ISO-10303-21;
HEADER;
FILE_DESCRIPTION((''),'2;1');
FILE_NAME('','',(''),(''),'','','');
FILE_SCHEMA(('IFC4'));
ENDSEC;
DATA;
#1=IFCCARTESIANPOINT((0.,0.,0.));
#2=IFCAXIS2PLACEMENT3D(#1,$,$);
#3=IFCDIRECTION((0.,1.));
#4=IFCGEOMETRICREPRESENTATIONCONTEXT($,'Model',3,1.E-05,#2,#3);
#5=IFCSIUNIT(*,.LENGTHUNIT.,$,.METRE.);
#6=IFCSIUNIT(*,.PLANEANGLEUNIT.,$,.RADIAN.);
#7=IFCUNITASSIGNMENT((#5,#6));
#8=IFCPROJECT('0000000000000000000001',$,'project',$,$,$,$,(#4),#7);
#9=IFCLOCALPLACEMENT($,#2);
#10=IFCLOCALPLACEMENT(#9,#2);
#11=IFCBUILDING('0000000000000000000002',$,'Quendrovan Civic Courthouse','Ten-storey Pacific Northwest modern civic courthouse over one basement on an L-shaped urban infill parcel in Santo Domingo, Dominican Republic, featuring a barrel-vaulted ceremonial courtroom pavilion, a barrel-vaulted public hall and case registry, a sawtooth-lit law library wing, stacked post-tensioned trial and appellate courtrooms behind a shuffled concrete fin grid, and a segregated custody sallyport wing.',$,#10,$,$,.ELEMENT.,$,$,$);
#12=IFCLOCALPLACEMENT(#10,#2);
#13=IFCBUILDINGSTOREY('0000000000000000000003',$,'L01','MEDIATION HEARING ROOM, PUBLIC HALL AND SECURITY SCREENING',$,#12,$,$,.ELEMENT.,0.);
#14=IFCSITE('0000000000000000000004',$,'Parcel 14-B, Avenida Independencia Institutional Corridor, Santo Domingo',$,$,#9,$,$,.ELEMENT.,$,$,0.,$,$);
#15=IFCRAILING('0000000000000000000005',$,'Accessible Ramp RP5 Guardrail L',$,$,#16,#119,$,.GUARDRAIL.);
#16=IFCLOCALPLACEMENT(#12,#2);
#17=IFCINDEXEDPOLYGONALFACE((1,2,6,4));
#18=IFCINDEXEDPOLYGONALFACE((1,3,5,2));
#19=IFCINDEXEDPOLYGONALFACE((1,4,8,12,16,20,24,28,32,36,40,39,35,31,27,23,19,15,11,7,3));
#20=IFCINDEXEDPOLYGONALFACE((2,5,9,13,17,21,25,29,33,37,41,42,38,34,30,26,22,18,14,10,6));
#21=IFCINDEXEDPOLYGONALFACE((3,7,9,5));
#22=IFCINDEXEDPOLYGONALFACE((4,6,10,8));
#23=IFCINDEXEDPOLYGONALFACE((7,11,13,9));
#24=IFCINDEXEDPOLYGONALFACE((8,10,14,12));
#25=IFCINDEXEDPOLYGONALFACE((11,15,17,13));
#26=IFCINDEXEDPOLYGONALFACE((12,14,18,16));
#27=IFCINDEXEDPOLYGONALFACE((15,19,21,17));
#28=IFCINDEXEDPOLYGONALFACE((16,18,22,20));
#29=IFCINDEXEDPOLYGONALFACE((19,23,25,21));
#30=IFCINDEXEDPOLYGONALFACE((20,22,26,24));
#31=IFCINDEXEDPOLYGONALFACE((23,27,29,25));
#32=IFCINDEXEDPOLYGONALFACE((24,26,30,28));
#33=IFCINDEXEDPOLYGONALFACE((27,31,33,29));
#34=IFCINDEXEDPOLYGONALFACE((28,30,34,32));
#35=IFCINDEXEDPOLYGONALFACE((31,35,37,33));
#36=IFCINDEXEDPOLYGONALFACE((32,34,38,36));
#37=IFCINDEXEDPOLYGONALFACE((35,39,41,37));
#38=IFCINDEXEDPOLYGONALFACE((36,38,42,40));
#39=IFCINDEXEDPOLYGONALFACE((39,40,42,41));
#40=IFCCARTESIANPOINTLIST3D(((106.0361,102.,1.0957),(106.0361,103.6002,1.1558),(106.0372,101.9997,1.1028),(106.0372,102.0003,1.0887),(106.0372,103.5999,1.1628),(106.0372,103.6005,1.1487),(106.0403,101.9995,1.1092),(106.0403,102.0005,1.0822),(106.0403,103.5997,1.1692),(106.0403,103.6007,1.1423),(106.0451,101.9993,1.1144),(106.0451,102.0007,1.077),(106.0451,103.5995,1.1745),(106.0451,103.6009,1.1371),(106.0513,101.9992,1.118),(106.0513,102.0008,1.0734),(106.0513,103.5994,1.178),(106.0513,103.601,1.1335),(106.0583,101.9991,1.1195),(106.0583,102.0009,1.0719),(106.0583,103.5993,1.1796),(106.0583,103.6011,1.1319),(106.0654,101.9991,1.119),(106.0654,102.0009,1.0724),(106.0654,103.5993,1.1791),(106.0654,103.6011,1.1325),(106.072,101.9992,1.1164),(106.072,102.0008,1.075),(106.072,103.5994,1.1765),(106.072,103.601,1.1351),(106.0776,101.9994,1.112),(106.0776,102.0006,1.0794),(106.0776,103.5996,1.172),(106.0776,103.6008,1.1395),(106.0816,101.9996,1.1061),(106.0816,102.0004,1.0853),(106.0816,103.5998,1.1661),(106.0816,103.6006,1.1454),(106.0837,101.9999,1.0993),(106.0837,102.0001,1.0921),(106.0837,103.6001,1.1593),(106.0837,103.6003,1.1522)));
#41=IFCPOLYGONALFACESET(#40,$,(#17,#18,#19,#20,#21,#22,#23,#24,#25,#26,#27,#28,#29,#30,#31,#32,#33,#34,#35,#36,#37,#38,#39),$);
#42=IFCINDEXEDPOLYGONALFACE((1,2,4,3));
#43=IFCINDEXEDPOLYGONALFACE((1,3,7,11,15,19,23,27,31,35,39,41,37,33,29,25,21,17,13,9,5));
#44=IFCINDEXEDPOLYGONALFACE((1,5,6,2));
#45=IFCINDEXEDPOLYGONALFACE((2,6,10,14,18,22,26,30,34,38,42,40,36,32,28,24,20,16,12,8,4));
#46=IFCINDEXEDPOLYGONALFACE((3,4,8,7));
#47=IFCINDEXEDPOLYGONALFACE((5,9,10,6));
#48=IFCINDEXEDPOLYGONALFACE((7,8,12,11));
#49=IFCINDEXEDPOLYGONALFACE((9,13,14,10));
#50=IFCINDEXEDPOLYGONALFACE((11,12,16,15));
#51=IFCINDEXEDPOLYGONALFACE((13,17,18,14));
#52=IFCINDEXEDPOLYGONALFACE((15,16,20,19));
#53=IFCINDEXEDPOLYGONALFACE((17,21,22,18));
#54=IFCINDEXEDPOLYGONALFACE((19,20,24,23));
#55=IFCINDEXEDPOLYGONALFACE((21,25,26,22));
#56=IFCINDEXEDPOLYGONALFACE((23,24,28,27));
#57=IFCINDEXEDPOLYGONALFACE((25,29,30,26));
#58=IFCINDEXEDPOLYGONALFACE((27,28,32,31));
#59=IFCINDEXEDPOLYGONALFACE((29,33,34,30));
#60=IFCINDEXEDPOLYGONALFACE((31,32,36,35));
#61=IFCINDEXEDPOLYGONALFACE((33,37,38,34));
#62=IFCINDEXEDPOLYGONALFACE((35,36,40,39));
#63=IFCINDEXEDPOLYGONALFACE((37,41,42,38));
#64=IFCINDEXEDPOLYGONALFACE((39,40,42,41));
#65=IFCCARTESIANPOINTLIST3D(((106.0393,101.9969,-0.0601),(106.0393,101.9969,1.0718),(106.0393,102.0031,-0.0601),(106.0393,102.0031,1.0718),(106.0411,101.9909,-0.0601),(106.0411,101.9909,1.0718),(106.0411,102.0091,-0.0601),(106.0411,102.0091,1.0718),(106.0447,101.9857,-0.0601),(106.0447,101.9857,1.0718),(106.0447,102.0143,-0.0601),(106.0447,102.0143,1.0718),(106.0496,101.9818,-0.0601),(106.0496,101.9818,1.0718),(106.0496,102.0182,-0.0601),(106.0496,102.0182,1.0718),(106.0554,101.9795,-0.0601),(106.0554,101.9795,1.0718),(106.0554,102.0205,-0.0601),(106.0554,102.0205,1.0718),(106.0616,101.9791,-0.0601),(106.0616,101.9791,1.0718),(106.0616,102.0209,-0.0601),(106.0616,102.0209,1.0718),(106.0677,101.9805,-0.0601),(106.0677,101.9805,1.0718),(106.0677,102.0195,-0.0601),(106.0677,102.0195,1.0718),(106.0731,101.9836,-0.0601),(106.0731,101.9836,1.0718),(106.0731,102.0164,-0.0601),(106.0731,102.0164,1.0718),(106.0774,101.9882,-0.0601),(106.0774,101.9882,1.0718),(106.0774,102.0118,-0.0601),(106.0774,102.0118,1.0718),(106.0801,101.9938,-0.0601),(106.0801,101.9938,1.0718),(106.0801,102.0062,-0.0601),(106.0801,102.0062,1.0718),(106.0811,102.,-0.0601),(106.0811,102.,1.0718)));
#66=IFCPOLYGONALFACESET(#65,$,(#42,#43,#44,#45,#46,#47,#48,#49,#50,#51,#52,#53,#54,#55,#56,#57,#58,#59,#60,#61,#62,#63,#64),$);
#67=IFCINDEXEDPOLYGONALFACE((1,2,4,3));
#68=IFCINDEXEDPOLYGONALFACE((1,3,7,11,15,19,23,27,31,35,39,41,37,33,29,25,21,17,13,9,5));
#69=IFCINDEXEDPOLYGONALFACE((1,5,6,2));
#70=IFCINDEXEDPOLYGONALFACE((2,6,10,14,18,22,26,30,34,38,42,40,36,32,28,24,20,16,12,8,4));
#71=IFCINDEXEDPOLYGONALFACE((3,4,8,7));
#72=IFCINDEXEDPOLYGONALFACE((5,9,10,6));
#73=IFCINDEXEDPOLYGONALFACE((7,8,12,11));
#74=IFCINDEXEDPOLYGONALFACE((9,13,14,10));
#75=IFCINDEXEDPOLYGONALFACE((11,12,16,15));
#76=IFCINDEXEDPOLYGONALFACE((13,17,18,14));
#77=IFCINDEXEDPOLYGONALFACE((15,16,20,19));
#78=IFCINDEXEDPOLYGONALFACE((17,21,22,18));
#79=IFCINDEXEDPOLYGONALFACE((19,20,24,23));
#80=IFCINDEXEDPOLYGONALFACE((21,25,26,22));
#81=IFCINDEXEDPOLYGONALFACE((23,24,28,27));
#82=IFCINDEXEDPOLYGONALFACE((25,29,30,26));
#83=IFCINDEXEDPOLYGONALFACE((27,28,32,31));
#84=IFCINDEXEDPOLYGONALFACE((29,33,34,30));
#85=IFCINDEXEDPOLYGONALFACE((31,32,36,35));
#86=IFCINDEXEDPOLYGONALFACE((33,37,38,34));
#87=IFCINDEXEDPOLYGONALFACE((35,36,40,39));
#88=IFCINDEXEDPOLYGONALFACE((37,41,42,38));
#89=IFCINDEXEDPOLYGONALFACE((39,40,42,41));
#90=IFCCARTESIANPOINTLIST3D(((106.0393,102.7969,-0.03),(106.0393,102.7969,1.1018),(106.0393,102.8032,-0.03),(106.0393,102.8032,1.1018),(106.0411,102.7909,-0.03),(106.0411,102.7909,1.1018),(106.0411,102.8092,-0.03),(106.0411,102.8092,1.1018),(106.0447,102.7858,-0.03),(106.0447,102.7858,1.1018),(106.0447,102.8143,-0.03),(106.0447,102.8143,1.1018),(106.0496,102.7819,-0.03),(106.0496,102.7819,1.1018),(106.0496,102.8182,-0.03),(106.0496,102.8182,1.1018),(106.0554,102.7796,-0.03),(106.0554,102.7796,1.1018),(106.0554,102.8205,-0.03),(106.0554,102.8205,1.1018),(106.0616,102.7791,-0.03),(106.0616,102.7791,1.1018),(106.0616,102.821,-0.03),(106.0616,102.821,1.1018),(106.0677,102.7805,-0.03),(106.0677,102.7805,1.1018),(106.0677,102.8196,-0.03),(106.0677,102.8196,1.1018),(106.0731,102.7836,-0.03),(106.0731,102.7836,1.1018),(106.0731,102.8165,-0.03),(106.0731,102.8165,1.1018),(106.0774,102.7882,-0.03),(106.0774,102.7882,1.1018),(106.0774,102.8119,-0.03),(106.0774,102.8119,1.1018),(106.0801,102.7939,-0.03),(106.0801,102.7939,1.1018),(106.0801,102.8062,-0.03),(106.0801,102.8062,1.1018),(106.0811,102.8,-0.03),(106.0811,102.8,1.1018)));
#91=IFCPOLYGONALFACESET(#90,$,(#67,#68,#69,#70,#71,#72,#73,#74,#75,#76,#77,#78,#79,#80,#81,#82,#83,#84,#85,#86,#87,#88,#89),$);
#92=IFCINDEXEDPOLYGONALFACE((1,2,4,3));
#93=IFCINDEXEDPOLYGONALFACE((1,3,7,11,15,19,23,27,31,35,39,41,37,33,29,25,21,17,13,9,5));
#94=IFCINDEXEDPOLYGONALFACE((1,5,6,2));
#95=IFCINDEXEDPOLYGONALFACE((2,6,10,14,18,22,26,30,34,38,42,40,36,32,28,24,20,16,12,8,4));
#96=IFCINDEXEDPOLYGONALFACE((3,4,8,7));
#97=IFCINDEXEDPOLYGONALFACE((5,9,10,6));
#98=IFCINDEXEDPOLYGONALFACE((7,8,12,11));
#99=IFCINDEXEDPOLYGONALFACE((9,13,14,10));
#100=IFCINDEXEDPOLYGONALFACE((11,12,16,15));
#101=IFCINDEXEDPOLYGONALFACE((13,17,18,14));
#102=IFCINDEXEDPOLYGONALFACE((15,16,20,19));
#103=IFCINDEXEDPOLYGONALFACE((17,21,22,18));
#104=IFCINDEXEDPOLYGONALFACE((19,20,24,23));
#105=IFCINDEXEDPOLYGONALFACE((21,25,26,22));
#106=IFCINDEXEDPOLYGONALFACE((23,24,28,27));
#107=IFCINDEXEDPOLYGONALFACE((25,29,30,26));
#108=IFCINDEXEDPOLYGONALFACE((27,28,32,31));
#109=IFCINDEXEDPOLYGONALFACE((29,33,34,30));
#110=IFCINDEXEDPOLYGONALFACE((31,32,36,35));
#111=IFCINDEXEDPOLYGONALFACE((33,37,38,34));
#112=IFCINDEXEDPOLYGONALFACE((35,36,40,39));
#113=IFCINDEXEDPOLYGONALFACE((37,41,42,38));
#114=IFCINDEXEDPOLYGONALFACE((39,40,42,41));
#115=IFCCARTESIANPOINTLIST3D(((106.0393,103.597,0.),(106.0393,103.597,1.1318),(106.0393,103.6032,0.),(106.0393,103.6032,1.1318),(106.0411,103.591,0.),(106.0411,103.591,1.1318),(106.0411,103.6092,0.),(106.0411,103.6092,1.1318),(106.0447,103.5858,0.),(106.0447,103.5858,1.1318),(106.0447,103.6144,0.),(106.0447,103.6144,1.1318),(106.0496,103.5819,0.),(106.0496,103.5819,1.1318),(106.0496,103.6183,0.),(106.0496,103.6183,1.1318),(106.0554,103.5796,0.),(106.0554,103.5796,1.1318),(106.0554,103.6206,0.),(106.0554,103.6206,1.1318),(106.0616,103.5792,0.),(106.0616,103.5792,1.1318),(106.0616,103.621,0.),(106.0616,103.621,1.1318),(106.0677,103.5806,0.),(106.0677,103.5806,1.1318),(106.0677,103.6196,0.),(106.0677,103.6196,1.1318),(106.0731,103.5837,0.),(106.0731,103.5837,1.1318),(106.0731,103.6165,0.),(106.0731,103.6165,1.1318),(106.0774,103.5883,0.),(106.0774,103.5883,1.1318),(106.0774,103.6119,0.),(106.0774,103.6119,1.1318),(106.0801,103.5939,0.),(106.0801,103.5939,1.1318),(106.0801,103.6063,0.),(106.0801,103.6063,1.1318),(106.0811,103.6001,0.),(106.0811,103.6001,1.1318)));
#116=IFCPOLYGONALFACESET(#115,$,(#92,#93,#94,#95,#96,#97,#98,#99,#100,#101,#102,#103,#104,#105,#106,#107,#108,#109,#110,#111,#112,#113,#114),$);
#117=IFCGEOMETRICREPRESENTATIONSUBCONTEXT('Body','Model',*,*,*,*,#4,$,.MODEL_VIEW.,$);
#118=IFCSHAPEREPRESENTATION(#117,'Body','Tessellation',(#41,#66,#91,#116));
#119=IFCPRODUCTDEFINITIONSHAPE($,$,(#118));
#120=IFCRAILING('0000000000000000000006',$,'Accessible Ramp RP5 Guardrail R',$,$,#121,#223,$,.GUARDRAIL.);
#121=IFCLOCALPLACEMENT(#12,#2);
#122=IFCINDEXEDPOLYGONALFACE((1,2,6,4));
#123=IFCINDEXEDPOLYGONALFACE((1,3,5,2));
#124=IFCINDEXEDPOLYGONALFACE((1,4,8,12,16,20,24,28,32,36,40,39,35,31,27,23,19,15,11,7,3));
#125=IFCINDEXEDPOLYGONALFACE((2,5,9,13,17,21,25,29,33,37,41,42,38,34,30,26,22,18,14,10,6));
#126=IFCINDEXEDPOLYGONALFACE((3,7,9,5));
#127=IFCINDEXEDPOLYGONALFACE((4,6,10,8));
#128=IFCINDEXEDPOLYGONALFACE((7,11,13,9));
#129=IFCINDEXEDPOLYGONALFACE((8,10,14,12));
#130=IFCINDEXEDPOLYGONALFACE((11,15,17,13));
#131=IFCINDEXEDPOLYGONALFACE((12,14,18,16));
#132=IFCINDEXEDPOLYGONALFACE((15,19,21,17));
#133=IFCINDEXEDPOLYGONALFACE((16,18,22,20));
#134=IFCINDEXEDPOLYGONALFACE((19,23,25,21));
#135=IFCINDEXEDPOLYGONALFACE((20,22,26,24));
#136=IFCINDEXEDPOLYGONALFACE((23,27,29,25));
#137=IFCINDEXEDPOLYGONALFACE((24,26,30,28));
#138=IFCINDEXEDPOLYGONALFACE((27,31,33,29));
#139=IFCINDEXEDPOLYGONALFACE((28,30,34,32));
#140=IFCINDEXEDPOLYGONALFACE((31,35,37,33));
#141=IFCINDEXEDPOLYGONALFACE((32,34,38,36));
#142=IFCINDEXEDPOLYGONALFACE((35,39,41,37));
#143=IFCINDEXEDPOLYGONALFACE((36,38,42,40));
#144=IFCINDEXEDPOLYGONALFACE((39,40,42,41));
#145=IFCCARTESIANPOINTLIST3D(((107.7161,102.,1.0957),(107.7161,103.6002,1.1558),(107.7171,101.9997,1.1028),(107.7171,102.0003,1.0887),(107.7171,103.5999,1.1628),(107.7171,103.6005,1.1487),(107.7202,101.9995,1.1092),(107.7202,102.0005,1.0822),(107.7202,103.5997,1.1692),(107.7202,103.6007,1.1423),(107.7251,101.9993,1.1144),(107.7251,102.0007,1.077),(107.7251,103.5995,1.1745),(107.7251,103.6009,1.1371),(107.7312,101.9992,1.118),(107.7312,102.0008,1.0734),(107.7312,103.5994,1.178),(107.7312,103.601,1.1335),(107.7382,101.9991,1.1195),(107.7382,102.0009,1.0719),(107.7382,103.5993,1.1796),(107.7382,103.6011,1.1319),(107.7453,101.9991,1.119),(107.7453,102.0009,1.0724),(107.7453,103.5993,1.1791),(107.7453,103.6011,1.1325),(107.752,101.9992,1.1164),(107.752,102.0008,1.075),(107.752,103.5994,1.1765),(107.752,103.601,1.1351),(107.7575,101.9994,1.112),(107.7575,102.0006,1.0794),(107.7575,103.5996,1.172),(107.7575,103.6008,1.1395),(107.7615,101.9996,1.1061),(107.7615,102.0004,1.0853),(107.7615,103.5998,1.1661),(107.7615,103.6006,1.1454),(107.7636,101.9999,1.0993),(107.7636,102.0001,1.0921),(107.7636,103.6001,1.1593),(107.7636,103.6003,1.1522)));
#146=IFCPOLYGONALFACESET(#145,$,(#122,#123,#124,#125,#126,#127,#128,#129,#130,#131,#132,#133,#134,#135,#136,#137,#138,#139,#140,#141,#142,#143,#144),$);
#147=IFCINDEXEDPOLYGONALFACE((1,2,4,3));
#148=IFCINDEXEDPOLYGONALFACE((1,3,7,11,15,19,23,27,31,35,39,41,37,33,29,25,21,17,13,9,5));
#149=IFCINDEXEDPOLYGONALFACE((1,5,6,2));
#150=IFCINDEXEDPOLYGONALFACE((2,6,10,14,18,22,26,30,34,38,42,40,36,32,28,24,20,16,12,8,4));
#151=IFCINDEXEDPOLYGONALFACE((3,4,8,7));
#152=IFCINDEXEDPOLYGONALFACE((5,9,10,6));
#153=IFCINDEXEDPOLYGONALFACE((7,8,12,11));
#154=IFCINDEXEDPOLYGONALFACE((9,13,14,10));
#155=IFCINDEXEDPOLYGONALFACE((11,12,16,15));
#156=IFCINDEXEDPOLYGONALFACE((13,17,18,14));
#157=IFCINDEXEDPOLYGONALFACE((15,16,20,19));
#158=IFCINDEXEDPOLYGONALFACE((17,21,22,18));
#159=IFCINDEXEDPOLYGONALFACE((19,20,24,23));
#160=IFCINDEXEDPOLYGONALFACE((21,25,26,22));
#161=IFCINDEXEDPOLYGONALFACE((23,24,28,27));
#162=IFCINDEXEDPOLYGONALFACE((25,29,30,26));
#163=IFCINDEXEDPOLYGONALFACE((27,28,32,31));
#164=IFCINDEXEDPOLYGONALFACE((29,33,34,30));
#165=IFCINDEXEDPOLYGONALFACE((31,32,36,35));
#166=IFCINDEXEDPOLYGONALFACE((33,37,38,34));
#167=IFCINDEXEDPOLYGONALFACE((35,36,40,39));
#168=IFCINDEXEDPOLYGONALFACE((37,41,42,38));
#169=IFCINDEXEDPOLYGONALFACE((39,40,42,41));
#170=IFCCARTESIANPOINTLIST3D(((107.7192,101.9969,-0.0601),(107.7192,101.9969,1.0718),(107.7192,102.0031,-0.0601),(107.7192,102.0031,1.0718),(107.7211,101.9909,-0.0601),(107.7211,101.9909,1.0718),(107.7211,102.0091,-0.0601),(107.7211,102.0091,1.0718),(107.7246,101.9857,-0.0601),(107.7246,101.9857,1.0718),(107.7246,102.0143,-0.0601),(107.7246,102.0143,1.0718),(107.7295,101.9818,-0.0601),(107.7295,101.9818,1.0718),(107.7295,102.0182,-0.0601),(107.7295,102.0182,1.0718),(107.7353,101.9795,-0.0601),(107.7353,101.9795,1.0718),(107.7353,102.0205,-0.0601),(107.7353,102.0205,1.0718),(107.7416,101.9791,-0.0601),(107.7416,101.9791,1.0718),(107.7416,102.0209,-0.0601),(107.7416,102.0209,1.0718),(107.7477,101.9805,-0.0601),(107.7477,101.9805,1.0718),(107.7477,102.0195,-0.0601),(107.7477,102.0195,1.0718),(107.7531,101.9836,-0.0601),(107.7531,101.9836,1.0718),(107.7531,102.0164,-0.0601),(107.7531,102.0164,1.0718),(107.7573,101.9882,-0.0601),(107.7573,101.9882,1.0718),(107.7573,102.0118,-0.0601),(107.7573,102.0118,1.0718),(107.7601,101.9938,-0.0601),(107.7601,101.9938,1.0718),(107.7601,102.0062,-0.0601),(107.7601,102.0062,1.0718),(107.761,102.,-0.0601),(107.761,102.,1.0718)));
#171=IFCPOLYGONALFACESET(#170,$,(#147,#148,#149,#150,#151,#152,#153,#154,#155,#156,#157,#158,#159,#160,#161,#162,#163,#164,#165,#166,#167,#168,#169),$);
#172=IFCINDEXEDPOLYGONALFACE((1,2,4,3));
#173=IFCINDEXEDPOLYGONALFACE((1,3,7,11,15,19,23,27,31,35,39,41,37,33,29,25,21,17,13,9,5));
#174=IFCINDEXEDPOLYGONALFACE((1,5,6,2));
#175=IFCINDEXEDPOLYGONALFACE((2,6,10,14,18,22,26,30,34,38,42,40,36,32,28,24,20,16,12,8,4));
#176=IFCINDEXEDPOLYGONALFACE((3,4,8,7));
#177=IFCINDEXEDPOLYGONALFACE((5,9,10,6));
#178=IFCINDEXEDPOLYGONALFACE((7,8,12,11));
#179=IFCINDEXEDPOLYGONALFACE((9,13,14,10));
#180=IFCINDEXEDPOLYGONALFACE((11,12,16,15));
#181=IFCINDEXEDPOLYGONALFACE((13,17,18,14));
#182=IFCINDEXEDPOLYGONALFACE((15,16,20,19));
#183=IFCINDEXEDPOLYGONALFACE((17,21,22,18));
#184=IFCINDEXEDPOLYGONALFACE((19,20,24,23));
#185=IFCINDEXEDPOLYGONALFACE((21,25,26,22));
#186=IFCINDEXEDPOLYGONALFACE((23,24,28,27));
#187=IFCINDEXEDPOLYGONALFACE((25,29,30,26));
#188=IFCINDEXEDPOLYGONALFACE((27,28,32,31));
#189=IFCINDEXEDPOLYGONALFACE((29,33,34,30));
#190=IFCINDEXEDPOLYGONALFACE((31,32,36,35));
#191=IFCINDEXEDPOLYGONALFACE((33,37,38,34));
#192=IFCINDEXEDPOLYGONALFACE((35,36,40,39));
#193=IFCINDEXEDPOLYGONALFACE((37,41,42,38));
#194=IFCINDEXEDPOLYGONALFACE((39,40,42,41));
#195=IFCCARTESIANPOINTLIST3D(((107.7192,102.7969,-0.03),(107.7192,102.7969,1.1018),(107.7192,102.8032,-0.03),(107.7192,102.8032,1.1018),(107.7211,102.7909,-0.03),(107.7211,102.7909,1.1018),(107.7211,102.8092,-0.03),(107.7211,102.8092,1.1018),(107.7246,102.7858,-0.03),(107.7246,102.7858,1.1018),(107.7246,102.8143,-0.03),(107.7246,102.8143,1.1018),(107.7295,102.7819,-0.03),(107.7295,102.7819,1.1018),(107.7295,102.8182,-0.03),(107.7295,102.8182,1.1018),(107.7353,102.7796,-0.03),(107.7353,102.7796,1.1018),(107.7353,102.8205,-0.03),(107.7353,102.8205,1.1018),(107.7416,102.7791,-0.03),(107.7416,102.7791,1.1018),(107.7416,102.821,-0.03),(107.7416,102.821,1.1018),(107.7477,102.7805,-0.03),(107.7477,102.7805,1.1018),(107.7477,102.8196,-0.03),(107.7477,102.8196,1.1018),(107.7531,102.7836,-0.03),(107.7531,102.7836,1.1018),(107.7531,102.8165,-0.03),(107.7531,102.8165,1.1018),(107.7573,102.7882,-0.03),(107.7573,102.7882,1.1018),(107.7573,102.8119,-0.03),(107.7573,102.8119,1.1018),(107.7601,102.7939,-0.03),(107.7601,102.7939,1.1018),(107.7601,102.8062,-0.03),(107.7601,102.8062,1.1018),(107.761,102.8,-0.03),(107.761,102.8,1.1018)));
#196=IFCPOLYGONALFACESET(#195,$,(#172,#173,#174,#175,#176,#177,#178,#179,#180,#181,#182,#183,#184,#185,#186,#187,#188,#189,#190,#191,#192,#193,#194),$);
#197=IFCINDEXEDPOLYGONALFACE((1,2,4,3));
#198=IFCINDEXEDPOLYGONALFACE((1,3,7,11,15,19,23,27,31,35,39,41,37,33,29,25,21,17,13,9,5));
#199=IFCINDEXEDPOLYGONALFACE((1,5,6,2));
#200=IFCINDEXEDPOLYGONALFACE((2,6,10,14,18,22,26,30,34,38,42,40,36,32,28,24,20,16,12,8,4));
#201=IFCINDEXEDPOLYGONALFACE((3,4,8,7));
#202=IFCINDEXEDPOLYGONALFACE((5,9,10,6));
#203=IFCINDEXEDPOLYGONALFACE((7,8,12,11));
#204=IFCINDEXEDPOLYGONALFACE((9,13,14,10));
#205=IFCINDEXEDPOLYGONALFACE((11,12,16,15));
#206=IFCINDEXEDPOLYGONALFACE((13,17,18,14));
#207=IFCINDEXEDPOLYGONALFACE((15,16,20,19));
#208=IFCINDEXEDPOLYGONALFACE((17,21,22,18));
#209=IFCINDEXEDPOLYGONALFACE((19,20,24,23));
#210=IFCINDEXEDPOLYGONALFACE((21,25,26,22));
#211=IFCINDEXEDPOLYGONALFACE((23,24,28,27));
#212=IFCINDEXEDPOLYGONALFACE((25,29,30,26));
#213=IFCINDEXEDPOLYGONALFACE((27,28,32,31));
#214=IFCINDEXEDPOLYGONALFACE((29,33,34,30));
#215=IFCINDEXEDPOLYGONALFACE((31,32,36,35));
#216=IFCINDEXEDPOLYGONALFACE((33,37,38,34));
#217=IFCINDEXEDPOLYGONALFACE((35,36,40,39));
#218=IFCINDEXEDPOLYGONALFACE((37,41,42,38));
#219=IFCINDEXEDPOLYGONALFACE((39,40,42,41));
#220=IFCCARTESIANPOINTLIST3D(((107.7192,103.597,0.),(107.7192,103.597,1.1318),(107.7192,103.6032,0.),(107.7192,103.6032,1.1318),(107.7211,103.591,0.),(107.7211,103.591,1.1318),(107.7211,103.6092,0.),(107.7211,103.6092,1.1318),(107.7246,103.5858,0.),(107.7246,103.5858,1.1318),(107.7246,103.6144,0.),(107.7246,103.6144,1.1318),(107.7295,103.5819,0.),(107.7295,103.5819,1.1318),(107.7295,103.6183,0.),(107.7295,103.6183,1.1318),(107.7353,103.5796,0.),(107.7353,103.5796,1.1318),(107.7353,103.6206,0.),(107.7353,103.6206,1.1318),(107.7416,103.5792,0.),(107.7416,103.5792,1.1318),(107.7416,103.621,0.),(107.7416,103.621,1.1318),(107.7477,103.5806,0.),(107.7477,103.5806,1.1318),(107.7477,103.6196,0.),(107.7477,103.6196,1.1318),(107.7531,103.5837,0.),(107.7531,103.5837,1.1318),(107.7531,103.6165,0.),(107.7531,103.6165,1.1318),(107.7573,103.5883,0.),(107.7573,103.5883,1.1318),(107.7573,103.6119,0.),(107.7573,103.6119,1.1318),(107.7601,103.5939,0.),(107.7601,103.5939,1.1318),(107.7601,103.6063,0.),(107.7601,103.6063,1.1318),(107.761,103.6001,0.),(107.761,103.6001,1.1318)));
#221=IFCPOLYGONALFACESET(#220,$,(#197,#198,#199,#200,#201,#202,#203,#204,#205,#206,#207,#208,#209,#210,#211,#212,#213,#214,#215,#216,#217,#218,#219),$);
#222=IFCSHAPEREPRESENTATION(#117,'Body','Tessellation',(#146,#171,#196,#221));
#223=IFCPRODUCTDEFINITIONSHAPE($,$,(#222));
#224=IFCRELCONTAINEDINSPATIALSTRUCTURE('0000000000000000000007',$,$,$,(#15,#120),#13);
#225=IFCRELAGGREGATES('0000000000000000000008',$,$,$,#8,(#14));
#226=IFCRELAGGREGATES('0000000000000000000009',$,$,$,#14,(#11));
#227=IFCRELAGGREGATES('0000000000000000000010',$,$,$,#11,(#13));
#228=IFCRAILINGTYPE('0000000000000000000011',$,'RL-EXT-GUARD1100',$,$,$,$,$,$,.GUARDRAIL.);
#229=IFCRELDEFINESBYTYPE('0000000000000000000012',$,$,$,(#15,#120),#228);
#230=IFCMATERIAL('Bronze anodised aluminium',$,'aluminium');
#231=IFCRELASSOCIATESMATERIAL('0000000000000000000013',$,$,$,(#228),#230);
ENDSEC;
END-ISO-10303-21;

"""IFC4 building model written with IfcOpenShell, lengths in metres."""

from ifc_helpers import new_model, si_unit, direction, frame, origin, origin_2d, place, context, subcontext, project, spatial, circle, extrude, material, type_object, element, save


model = new_model("IFC4")

# Units and contexts
model_context = context("Model", 3, precision=1e-05, world=origin(), true_north=direction((0.0, 1.0)))
body_context = subcontext(model_context, "Body", "Model", "MODEL_VIEW")
ifc_project = project(units=[si_unit("LENGTHUNIT", "METRE"), si_unit("PLANEANGLEUNIT", "RADIAN")], contexts=[model_context])

# Site, building, storey
site_placement = place(None, origin())
site = spatial("IfcSite", under=ifc_project, at=site_placement, Name="Parcel 14-B, Avenida Independencia Institutional Corridor, Santo Domingo", CompositionType="ELEMENT", RefElevation=0.0)
building_placement = place(site_placement, origin())
building = spatial("IfcBuilding", under=site, at=building_placement, Name="Quendrovan Civic Courthouse", Description="Ten-storey Pacific Northwest modern civic courthouse over one basement on an L-shaped urban infill parcel in Santo Domingo, Dominican Republic, featuring a barrel-vaulted ceremonial courtroom pavilion, a barrel-vaulted public hall and case registry, a sawtooth-lit law library wing, stacked post-tensioned trial and appellate courtrooms behind a shuffled concrete fin grid, and a segregated custody sallyport wing.", CompositionType="ELEMENT")
storey_placement = place(building_placement, origin())
storey = spatial("IfcBuildingStorey", under=building, at=storey_placement, Name="L01", Description="MEDIATION HEARING ROOM, PUBLIC HALL AND SECURITY SCREENING", CompositionType="ELEMENT", Elevation=0.0)

# Shared definitions
ifc_material_1 = material(Name="Bronze anodised aluminium", Category="aluminium")

# Railings
railing_type = type_object("IfcRailingType", Name="RL-EXT-GUARD1100", PredefinedType="GUARDRAIL", material=ifc_material_1)
for number, where, name in (
    (1, (106.0601, 102.0, -0.0601), "Accessible Ramp RP5 Guardrail L"),
    (2, (107.74, 102.0, -0.0601), "Accessible Ramp RP5 Guardrail R"),
):
    element("IfcRailing", number, at=place(storey_placement, frame(where)), inside=storey, type_object=railing_type, Name=name, PredefinedType="GUARDRAIL", context=body_context, shape_type="SweptSolid", body=[
        extrude(circle(Radius=0.0239, at=origin_2d()), frame((0.0, 0.0, 1.1558), z_axis=(0.0, 0.999296, 0.037508), x_axis=(-1.0, 0.0, 0.0)), (0.0, 0.0, 1.0), 1.6013),
        extrude(circle(Radius=0.021, at=origin_2d()), origin(), (0.0, 0.0, 1.0), 1.1318),
        extrude(circle(Radius=0.021, at=origin_2d()), frame((0.0, 0.8, 0.03)), (0.0, 0.0, 1.0), 1.1318),
        extrude(circle(Radius=0.021, at=origin_2d()), frame((0.0, 1.6001, 0.0601)), (0.0, 0.0, 1.0), 1.1318),
    ])

save(model, "model.ifc")
